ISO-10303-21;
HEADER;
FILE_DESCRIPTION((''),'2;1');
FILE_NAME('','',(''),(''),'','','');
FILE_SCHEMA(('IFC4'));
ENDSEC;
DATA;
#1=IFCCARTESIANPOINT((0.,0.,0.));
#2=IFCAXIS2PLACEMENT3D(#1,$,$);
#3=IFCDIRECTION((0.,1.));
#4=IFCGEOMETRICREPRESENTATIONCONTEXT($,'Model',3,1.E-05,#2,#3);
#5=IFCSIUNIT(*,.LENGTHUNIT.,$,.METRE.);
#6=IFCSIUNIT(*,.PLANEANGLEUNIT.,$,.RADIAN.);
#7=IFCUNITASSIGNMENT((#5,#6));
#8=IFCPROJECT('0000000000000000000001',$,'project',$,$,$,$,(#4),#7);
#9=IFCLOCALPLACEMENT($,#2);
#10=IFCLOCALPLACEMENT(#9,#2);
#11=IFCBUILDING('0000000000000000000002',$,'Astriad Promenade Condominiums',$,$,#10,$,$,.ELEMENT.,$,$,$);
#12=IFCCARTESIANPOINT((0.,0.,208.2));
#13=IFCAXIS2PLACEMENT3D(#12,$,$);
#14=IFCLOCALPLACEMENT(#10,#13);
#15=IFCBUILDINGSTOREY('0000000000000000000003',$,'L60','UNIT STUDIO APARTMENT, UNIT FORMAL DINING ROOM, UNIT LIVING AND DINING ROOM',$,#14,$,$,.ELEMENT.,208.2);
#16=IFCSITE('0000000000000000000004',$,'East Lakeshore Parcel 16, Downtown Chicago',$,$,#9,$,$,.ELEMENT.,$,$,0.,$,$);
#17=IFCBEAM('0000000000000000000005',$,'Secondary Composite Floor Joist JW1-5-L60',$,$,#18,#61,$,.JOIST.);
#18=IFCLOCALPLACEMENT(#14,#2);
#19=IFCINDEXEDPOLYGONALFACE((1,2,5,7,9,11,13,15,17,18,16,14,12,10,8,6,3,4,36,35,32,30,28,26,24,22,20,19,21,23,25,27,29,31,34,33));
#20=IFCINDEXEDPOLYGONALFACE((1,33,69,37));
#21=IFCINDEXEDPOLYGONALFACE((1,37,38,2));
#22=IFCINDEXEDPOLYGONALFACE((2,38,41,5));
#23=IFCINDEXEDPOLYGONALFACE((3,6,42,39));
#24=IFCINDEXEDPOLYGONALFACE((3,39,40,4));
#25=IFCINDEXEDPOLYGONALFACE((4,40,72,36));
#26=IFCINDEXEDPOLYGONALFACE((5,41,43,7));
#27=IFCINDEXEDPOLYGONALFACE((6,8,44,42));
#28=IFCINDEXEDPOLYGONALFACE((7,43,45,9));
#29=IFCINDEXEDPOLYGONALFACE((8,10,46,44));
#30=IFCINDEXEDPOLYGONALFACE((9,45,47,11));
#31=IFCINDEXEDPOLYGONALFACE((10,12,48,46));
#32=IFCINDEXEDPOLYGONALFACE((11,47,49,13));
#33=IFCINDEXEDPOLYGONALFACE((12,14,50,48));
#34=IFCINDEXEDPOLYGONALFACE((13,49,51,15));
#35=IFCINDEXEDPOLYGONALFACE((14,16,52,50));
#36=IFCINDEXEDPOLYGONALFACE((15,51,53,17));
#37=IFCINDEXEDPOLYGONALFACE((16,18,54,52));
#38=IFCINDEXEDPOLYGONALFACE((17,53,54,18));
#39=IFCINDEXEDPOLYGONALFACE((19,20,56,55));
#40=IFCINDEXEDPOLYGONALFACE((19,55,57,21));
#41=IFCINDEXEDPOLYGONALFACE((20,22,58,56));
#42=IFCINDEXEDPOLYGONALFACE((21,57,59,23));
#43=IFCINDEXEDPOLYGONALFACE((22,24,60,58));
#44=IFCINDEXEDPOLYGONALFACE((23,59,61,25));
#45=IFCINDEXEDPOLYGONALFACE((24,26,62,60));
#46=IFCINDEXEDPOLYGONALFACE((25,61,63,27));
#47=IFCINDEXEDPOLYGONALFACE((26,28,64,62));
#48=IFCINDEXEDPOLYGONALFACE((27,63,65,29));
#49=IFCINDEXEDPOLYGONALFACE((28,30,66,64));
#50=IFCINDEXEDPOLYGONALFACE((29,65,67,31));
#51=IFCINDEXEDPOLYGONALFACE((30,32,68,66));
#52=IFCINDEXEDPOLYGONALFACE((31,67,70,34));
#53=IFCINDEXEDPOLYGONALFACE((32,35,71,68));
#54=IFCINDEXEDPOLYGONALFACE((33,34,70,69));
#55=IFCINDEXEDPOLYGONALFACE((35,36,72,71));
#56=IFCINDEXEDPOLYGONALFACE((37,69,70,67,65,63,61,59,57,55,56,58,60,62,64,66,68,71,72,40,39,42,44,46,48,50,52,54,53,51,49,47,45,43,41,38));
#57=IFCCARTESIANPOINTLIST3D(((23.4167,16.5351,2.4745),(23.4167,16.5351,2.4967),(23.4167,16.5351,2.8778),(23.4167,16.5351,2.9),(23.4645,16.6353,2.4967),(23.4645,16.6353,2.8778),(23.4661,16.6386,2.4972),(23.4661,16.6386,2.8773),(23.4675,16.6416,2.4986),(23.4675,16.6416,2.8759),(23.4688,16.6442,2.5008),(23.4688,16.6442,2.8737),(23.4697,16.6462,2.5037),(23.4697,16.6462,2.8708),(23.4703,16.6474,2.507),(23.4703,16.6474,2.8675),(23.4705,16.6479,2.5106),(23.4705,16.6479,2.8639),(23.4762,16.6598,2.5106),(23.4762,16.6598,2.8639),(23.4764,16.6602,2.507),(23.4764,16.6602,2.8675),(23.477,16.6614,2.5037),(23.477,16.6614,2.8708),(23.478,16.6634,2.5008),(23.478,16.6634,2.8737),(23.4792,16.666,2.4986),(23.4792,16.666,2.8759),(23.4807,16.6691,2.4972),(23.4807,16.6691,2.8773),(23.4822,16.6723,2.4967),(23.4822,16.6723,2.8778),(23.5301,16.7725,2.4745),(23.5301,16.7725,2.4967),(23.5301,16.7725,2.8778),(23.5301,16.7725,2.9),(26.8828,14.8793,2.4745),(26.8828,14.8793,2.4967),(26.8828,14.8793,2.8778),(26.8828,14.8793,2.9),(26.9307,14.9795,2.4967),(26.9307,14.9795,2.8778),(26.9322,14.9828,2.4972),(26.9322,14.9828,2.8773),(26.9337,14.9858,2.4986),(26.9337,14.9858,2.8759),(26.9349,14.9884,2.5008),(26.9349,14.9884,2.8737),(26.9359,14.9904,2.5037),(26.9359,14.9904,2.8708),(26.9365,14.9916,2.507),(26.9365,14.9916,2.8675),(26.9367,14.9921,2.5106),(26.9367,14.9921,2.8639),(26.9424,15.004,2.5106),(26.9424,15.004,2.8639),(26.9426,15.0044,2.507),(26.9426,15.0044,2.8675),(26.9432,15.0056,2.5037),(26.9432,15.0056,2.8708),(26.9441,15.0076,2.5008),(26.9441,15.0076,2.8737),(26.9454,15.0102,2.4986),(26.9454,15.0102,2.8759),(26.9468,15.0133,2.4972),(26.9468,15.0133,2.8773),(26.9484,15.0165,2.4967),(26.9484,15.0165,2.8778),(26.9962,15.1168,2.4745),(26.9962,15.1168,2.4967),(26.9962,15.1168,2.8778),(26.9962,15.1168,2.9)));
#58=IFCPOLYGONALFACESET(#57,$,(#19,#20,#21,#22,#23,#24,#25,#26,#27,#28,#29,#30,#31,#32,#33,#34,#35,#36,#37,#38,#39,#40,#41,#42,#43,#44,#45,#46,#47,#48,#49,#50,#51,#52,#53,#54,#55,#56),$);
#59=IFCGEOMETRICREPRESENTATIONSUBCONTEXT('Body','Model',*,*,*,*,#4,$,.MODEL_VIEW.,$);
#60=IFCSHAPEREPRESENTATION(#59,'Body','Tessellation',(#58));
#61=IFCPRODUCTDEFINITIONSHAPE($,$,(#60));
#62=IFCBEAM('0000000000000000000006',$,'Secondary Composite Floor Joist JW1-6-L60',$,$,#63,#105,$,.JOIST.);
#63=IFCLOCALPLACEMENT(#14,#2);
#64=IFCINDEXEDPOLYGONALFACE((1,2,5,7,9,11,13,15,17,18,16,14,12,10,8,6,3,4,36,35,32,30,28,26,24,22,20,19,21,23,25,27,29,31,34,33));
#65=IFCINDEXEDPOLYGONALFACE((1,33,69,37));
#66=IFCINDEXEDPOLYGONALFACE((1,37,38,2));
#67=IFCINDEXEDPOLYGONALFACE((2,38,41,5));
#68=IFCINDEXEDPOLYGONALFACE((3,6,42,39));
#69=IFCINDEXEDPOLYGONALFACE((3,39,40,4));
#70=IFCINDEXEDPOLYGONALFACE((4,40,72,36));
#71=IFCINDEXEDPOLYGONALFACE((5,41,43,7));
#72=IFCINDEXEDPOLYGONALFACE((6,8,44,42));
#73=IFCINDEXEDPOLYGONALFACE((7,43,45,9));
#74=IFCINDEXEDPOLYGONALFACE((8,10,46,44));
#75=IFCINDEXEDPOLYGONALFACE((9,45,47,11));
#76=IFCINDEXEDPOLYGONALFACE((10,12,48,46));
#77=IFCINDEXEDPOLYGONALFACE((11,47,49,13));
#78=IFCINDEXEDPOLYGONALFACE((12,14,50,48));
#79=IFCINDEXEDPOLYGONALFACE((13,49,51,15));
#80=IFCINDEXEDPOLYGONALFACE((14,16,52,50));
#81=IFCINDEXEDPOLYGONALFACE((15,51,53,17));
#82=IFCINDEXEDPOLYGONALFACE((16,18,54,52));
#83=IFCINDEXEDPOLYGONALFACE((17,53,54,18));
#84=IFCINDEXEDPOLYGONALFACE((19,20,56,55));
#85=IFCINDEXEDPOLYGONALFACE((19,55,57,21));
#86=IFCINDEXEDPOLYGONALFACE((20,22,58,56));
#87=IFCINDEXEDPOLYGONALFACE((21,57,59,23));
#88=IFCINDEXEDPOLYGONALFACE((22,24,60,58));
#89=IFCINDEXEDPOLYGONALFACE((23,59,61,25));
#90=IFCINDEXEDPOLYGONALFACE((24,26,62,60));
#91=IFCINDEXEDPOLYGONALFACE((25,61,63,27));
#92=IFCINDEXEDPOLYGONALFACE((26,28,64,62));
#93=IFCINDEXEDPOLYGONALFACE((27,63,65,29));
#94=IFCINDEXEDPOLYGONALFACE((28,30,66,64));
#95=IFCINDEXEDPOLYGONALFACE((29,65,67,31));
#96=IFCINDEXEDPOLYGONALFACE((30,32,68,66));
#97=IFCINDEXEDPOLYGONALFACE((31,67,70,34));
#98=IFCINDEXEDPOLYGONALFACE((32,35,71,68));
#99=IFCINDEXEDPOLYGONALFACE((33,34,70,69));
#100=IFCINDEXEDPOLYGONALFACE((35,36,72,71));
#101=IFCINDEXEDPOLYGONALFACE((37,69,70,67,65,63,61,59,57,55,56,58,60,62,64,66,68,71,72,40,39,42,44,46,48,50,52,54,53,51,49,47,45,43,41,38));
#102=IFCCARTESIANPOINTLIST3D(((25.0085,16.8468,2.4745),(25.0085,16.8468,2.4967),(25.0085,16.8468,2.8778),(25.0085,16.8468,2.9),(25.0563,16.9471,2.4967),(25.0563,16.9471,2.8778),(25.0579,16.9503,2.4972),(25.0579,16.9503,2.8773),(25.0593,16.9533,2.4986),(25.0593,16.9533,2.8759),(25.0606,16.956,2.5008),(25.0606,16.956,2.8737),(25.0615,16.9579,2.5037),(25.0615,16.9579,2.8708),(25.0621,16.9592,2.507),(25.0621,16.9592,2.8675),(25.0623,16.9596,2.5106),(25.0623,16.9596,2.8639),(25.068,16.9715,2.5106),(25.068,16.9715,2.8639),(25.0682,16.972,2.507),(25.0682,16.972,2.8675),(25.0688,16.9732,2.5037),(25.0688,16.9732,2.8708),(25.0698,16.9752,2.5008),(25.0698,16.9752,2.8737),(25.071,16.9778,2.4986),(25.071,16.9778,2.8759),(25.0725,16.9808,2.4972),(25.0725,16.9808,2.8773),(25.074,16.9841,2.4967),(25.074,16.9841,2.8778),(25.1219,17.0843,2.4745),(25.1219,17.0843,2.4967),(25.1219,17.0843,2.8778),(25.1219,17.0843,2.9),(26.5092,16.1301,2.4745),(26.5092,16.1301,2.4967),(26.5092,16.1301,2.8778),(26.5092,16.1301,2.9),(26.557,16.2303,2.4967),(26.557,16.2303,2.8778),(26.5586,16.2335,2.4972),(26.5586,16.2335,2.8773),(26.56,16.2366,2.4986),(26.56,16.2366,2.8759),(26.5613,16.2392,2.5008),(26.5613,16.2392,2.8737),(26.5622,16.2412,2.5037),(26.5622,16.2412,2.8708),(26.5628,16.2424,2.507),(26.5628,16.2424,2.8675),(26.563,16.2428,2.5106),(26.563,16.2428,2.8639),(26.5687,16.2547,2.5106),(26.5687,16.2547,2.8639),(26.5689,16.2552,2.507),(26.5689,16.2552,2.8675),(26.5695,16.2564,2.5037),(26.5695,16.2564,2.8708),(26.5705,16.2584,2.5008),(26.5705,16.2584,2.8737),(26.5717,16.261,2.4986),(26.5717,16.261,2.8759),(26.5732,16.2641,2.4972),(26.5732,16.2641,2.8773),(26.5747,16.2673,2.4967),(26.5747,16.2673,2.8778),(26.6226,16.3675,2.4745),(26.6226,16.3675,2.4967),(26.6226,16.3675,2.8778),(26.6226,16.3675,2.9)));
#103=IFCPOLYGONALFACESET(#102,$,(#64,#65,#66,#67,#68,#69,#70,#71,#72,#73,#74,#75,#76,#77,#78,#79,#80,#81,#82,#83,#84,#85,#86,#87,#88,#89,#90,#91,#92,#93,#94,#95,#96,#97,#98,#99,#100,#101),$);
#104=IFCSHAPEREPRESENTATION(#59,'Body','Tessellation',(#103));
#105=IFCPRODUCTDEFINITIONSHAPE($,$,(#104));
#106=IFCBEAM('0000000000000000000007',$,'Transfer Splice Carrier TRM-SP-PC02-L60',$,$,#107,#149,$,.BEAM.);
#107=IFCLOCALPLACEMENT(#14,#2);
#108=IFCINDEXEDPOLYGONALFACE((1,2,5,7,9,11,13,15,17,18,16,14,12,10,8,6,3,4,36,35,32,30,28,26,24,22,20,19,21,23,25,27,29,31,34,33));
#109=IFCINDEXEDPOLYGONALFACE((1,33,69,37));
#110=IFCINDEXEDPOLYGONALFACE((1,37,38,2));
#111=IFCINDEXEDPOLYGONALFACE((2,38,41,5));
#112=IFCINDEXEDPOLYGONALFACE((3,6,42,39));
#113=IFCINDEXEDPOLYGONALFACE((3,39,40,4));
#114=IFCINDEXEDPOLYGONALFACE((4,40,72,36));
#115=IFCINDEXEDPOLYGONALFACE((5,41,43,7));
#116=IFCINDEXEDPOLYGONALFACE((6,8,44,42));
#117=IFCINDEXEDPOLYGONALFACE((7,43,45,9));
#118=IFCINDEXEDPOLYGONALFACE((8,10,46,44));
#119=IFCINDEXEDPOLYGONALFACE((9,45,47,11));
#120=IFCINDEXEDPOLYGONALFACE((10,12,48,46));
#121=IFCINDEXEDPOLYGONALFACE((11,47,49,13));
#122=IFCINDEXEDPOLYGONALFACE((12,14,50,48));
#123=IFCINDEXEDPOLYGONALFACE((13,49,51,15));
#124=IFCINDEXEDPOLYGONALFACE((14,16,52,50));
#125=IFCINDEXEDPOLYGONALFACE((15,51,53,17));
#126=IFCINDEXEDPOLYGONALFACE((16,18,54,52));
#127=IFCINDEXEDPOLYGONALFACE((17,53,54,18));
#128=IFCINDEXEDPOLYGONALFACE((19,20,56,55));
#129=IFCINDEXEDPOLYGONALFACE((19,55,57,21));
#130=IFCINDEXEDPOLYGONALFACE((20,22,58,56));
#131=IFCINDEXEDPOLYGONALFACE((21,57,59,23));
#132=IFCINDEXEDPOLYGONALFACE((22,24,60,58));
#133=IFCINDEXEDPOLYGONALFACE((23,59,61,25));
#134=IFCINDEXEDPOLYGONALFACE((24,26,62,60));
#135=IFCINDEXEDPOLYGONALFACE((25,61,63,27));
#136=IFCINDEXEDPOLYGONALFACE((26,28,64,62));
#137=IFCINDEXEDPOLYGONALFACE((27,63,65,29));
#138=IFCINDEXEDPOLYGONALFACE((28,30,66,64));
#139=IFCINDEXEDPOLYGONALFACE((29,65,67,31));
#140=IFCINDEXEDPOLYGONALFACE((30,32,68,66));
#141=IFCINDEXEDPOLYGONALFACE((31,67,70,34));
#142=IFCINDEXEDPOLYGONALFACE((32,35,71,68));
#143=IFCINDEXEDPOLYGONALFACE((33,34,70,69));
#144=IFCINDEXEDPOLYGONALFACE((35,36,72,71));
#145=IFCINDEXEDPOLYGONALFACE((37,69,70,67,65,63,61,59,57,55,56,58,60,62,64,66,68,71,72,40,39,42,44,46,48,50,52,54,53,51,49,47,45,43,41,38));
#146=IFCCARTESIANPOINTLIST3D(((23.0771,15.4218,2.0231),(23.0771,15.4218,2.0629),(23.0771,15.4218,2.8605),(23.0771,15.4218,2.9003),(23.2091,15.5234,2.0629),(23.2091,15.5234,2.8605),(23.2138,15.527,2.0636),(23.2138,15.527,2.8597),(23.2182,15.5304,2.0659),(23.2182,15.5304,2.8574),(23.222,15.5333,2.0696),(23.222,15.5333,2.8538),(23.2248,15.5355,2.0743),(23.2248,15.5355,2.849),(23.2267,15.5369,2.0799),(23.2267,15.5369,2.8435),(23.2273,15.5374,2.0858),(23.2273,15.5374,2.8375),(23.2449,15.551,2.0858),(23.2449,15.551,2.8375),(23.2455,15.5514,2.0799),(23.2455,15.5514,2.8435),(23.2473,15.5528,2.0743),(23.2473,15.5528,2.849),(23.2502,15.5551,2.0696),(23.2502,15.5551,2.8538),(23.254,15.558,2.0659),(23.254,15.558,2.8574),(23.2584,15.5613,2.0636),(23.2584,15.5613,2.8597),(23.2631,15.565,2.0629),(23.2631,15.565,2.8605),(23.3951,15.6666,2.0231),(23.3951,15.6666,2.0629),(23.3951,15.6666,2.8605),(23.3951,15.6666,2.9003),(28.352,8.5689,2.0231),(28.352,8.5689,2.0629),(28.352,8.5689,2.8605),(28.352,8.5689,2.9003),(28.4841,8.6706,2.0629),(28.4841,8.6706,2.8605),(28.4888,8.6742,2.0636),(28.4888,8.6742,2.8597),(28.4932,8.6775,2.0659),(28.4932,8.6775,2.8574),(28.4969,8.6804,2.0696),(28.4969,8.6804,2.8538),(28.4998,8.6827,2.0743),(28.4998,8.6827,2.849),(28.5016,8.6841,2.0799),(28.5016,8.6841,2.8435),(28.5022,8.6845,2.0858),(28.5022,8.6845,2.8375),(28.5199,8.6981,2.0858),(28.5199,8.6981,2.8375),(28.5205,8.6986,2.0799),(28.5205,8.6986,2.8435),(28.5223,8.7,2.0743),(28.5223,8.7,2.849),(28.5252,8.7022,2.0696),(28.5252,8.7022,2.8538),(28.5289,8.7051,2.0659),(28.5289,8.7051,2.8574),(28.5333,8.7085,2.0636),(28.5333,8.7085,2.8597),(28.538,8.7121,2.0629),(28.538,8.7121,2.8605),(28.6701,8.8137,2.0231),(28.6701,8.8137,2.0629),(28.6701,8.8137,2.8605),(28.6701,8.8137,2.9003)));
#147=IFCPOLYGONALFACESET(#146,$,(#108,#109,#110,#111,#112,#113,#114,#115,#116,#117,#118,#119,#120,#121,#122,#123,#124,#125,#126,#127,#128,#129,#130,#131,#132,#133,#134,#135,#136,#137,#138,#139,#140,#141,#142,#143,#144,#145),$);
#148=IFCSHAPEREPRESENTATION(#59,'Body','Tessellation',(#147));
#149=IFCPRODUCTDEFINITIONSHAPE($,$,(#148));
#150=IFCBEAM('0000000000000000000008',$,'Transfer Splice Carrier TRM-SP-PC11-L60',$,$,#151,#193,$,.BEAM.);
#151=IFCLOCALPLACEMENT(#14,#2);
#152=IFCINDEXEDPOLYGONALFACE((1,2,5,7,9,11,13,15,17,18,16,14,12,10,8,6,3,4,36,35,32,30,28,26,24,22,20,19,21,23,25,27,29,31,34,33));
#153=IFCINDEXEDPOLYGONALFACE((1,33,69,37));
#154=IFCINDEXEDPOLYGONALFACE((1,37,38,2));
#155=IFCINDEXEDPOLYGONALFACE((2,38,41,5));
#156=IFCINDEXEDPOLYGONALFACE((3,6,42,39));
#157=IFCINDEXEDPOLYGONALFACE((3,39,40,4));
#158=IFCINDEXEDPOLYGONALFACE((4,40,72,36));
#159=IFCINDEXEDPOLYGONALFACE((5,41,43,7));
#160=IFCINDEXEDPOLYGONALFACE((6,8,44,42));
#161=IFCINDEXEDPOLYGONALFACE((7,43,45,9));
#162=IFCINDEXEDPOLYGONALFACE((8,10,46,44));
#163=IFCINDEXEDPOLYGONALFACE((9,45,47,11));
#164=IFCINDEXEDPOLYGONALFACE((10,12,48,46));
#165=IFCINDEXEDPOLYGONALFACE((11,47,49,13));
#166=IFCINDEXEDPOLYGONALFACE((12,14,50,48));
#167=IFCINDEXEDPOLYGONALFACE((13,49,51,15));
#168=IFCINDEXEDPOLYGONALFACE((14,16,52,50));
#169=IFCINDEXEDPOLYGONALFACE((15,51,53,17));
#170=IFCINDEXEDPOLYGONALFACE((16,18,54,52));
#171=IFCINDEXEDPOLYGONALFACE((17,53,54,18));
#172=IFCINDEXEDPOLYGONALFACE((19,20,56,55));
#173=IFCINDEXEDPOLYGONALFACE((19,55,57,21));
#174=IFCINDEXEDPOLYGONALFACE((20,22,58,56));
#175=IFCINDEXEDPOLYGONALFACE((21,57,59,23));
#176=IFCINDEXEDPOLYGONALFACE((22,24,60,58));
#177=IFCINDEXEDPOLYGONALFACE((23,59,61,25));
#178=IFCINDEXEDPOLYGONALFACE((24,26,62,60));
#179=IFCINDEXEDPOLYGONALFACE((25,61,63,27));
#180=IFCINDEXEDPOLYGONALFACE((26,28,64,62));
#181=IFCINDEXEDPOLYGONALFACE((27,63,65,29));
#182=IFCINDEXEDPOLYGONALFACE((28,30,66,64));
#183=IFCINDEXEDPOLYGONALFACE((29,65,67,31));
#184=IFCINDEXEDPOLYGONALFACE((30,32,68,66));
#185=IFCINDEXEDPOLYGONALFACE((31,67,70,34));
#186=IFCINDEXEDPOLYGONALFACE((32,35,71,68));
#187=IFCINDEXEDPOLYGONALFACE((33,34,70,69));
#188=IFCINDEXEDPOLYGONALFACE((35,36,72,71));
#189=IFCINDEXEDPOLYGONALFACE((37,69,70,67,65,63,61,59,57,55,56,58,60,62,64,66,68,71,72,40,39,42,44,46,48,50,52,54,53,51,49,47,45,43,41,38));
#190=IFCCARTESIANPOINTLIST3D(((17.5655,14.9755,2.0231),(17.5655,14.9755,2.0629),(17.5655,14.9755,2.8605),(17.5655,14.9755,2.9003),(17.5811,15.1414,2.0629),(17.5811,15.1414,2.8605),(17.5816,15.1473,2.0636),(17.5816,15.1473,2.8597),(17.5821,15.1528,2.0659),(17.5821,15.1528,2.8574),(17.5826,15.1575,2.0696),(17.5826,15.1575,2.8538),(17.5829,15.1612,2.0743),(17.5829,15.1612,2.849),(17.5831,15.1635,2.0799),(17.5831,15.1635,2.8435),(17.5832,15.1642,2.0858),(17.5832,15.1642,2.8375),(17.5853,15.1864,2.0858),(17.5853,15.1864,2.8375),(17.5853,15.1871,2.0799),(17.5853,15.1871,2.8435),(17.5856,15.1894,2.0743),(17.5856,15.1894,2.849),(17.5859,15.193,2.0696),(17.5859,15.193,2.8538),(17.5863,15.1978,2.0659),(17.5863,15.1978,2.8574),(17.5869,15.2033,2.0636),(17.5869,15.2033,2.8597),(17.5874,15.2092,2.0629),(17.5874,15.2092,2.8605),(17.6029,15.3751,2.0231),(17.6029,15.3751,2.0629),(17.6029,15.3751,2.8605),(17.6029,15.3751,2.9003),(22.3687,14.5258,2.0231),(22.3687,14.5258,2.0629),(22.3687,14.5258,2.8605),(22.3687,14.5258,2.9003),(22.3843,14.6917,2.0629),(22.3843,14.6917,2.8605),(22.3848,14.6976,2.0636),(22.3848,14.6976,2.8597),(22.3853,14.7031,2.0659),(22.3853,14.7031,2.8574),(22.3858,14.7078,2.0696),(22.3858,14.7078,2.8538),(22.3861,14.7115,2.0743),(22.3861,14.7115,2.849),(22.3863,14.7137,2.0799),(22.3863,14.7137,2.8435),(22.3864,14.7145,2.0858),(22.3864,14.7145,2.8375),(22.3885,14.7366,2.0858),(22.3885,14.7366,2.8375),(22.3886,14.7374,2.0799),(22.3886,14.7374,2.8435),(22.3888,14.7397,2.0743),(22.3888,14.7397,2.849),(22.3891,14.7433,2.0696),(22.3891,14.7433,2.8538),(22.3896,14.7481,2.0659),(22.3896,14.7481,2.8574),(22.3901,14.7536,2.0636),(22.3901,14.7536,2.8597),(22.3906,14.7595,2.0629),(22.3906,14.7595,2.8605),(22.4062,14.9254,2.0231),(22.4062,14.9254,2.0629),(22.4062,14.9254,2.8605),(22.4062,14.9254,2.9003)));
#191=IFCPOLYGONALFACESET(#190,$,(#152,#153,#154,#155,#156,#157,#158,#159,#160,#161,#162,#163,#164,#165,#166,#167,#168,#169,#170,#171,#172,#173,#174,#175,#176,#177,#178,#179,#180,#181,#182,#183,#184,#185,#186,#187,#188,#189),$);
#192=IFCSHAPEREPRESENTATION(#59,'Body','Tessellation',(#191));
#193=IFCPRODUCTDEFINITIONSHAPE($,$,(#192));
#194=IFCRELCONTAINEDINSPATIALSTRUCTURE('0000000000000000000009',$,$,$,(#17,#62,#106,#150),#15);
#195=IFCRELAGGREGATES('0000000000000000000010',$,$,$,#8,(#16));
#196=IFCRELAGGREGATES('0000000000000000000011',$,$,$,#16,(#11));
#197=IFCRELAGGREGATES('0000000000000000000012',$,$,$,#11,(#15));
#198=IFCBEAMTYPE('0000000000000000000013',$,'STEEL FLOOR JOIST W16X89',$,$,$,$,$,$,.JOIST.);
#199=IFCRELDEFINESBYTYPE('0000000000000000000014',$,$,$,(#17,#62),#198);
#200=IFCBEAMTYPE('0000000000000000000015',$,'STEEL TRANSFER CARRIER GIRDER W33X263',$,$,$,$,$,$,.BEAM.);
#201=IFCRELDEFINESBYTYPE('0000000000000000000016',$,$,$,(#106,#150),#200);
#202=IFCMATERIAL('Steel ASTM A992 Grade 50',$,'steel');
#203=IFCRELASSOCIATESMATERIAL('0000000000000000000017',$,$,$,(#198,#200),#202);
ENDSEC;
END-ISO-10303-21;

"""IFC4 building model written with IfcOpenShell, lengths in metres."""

from ifc_helpers import new_model, si_unit, direction, frame, origin, origin_2d, place, context, subcontext, project, spatial, i_section, extrude, source, transform, mapped, material, material_profile, profile_set, type_object, type_shapes, element, save


model = new_model("IFC4")

# Units and contexts
model_context = context("Model", 3, precision=1e-05, world=origin(), true_north=direction((0.0, 1.0)))
body_context = subcontext(model_context, "Body", "Model", "MODEL_VIEW")
ifc_project = project(units=[si_unit("LENGTHUNIT", "METRE"), si_unit("PLANEANGLEUNIT", "RADIAN")], contexts=[model_context])

# Site, building, storey
site_placement = place(None, origin())
site = spatial("IfcSite", under=ifc_project, at=site_placement, Name="East Lakeshore Parcel 16, Downtown Chicago", CompositionType="ELEMENT", RefElevation=0.0)
building_placement = place(site_placement, origin())
building = spatial("IfcBuilding", under=site, at=building_placement, Name="Astriad Promenade Condominiums", CompositionType="ELEMENT")
storey_placement = place(building_placement, frame((0.0, 0.0, 208.2)))
storey = spatial("IfcBuildingStorey", under=building, at=storey_placement, Name="L60", Description="UNIT STUDIO APARTMENT, UNIT FORMAL DINING ROOM, UNIT LIVING AND DINING ROOM", CompositionType="ELEMENT", Elevation=208.2)

# Shared definitions
ifc_material_1 = material(Name="Steel ASTM A992 Grade 50", Category="steel")

# Beams
ifc_material_profile_1 = material_profile(ifc_material_1, i_section(OverallWidth=0.2632, OverallDepth=0.4255, WebThickness=0.0132, FlangeThickness=0.0222, FilletRadius=0.0139, at=origin_2d()), Name="W16X89")
ifc_profile_set_1 = profile_set([ifc_material_profile_1], Name="Steel ASTM A992 Grade 50")
beam_type_1 = type_object("IfcBeamType", Name="STEEL FLOOR JOIST W16X89", PredefinedType="JOIST", material=ifc_profile_set_1)
shared_shape_1 = source(origin(), body_context, "Body", "SweptSolid", [
    extrude(i_section(OverallWidth=0.2632, OverallDepth=0.4255, WebThickness=0.0132, FlangeThickness=0.0222, FilletRadius=0.0139, at=origin_2d()), origin(), (0.0, 0.0, 1.0), 3.8413),
])
beam_1_placement = place(storey_placement, frame((23.4734, 16.6538, 2.6873), z_axis=(0.902329, -0.431048, 0.0), x_axis=(0.431048, 0.902329, 0.0)))
element("IfcBeam", 1, at=beam_1_placement, inside=storey, type_object=beam_type_1, Name="Secondary Composite Floor Joist JW1-5-L60", PredefinedType="JOIST", context=body_context, shape_type="MappedRepresentation", body=[
    mapped(shared_shape_1, transform((0.0, 0.0, 0.0), scale=1.0)),
])
shared_shape_2 = source(origin(), body_context, "Body", "SweptSolid", [
    extrude(i_section(OverallWidth=0.2632, OverallDepth=0.4255, WebThickness=0.0132, FlangeThickness=0.0222, FilletRadius=0.0139, at=origin_2d()), origin(), (0.0, 0.0, 1.0), 1.6631),
])
type_shapes(beam_type_1, [shared_shape_1, shared_shape_2])
beam_2_placement = place(storey_placement, frame((25.0652, 16.9656, 2.6873), z_axis=(0.902355, -0.430993, 0.0), x_axis=(0.430993, 0.902355, 0.0)))
element("IfcBeam", 2, at=beam_2_placement, inside=storey, type_object=beam_type_1, Name="Secondary Composite Floor Joist JW1-6-L60", PredefinedType="JOIST", context=body_context, shape_type="MappedRepresentation", body=[
    mapped(shared_shape_2, transform((0.0, 0.0, 0.0), scale=1.0)),
])
ifc_material_profile_2 = material_profile(ifc_material_1, i_section(OverallWidth=0.4014, OverallDepth=0.8772, WebThickness=0.0222, FlangeThickness=0.0398, FilletRadius=0.0229, at=origin_2d()), Name="W33X263")
ifc_profile_set_2 = profile_set([ifc_material_profile_2], Name="Steel ASTM A992 Grade 50")
beam_type_2 = type_object("IfcBeamType", Name="STEEL TRANSFER CARRIER GIRDER W33X263", PredefinedType="BEAM", material=ifc_profile_set_2)
shared_shape_3 = source(origin(), body_context, "Body", "SweptSolid", [
    extrude(i_section(OverallWidth=0.4014, OverallDepth=0.8772, WebThickness=0.0222, FlangeThickness=0.0398, FilletRadius=0.0229, at=origin_2d()), origin(), (0.0, 0.0, 1.0), 8.6479),
])
beam_3_placement = place(storey_placement, frame((23.2361, 15.5442, 2.4617), z_axis=(0.609967, -0.792427, 0.0), x_axis=(0.792427, 0.609967, 0.0)))
element("IfcBeam", 3, at=beam_3_placement, inside=storey, type_object=beam_type_2, Name="Transfer Splice Carrier TRM-SP-PC02-L60", PredefinedType="BEAM", context=body_context, shape_type="MappedRepresentation", body=[
    mapped(shared_shape_3, transform((0.0, 0.0, 0.0), scale=1.0)),
])
shared_shape_4 = source(origin(), body_context, "Body", "SweptSolid", [
    extrude(i_section(OverallWidth=0.4014, OverallDepth=0.8772, WebThickness=0.0222, FlangeThickness=0.0398, FilletRadius=0.0229, at=origin_2d()), origin(), (0.0, 0.0, 1.0), 4.8242),
])
type_shapes(beam_type_2, [shared_shape_3, shared_shape_4])
beam_4_placement = place(storey_placement, frame((22.3875, 14.7256, 2.4617), z_axis=(-0.995646, 0.093218, 0.0), x_axis=(-0.093218, -0.995646, 0.0)))
element("IfcBeam", 4, at=beam_4_placement, inside=storey, type_object=beam_type_2, Name="Transfer Splice Carrier TRM-SP-PC11-L60", PredefinedType="BEAM", context=body_context, shape_type="MappedRepresentation", body=[
    mapped(shared_shape_4, transform((0.0, 0.0, 0.0), scale=1.0)),
])

save(model, "model.ifc")
